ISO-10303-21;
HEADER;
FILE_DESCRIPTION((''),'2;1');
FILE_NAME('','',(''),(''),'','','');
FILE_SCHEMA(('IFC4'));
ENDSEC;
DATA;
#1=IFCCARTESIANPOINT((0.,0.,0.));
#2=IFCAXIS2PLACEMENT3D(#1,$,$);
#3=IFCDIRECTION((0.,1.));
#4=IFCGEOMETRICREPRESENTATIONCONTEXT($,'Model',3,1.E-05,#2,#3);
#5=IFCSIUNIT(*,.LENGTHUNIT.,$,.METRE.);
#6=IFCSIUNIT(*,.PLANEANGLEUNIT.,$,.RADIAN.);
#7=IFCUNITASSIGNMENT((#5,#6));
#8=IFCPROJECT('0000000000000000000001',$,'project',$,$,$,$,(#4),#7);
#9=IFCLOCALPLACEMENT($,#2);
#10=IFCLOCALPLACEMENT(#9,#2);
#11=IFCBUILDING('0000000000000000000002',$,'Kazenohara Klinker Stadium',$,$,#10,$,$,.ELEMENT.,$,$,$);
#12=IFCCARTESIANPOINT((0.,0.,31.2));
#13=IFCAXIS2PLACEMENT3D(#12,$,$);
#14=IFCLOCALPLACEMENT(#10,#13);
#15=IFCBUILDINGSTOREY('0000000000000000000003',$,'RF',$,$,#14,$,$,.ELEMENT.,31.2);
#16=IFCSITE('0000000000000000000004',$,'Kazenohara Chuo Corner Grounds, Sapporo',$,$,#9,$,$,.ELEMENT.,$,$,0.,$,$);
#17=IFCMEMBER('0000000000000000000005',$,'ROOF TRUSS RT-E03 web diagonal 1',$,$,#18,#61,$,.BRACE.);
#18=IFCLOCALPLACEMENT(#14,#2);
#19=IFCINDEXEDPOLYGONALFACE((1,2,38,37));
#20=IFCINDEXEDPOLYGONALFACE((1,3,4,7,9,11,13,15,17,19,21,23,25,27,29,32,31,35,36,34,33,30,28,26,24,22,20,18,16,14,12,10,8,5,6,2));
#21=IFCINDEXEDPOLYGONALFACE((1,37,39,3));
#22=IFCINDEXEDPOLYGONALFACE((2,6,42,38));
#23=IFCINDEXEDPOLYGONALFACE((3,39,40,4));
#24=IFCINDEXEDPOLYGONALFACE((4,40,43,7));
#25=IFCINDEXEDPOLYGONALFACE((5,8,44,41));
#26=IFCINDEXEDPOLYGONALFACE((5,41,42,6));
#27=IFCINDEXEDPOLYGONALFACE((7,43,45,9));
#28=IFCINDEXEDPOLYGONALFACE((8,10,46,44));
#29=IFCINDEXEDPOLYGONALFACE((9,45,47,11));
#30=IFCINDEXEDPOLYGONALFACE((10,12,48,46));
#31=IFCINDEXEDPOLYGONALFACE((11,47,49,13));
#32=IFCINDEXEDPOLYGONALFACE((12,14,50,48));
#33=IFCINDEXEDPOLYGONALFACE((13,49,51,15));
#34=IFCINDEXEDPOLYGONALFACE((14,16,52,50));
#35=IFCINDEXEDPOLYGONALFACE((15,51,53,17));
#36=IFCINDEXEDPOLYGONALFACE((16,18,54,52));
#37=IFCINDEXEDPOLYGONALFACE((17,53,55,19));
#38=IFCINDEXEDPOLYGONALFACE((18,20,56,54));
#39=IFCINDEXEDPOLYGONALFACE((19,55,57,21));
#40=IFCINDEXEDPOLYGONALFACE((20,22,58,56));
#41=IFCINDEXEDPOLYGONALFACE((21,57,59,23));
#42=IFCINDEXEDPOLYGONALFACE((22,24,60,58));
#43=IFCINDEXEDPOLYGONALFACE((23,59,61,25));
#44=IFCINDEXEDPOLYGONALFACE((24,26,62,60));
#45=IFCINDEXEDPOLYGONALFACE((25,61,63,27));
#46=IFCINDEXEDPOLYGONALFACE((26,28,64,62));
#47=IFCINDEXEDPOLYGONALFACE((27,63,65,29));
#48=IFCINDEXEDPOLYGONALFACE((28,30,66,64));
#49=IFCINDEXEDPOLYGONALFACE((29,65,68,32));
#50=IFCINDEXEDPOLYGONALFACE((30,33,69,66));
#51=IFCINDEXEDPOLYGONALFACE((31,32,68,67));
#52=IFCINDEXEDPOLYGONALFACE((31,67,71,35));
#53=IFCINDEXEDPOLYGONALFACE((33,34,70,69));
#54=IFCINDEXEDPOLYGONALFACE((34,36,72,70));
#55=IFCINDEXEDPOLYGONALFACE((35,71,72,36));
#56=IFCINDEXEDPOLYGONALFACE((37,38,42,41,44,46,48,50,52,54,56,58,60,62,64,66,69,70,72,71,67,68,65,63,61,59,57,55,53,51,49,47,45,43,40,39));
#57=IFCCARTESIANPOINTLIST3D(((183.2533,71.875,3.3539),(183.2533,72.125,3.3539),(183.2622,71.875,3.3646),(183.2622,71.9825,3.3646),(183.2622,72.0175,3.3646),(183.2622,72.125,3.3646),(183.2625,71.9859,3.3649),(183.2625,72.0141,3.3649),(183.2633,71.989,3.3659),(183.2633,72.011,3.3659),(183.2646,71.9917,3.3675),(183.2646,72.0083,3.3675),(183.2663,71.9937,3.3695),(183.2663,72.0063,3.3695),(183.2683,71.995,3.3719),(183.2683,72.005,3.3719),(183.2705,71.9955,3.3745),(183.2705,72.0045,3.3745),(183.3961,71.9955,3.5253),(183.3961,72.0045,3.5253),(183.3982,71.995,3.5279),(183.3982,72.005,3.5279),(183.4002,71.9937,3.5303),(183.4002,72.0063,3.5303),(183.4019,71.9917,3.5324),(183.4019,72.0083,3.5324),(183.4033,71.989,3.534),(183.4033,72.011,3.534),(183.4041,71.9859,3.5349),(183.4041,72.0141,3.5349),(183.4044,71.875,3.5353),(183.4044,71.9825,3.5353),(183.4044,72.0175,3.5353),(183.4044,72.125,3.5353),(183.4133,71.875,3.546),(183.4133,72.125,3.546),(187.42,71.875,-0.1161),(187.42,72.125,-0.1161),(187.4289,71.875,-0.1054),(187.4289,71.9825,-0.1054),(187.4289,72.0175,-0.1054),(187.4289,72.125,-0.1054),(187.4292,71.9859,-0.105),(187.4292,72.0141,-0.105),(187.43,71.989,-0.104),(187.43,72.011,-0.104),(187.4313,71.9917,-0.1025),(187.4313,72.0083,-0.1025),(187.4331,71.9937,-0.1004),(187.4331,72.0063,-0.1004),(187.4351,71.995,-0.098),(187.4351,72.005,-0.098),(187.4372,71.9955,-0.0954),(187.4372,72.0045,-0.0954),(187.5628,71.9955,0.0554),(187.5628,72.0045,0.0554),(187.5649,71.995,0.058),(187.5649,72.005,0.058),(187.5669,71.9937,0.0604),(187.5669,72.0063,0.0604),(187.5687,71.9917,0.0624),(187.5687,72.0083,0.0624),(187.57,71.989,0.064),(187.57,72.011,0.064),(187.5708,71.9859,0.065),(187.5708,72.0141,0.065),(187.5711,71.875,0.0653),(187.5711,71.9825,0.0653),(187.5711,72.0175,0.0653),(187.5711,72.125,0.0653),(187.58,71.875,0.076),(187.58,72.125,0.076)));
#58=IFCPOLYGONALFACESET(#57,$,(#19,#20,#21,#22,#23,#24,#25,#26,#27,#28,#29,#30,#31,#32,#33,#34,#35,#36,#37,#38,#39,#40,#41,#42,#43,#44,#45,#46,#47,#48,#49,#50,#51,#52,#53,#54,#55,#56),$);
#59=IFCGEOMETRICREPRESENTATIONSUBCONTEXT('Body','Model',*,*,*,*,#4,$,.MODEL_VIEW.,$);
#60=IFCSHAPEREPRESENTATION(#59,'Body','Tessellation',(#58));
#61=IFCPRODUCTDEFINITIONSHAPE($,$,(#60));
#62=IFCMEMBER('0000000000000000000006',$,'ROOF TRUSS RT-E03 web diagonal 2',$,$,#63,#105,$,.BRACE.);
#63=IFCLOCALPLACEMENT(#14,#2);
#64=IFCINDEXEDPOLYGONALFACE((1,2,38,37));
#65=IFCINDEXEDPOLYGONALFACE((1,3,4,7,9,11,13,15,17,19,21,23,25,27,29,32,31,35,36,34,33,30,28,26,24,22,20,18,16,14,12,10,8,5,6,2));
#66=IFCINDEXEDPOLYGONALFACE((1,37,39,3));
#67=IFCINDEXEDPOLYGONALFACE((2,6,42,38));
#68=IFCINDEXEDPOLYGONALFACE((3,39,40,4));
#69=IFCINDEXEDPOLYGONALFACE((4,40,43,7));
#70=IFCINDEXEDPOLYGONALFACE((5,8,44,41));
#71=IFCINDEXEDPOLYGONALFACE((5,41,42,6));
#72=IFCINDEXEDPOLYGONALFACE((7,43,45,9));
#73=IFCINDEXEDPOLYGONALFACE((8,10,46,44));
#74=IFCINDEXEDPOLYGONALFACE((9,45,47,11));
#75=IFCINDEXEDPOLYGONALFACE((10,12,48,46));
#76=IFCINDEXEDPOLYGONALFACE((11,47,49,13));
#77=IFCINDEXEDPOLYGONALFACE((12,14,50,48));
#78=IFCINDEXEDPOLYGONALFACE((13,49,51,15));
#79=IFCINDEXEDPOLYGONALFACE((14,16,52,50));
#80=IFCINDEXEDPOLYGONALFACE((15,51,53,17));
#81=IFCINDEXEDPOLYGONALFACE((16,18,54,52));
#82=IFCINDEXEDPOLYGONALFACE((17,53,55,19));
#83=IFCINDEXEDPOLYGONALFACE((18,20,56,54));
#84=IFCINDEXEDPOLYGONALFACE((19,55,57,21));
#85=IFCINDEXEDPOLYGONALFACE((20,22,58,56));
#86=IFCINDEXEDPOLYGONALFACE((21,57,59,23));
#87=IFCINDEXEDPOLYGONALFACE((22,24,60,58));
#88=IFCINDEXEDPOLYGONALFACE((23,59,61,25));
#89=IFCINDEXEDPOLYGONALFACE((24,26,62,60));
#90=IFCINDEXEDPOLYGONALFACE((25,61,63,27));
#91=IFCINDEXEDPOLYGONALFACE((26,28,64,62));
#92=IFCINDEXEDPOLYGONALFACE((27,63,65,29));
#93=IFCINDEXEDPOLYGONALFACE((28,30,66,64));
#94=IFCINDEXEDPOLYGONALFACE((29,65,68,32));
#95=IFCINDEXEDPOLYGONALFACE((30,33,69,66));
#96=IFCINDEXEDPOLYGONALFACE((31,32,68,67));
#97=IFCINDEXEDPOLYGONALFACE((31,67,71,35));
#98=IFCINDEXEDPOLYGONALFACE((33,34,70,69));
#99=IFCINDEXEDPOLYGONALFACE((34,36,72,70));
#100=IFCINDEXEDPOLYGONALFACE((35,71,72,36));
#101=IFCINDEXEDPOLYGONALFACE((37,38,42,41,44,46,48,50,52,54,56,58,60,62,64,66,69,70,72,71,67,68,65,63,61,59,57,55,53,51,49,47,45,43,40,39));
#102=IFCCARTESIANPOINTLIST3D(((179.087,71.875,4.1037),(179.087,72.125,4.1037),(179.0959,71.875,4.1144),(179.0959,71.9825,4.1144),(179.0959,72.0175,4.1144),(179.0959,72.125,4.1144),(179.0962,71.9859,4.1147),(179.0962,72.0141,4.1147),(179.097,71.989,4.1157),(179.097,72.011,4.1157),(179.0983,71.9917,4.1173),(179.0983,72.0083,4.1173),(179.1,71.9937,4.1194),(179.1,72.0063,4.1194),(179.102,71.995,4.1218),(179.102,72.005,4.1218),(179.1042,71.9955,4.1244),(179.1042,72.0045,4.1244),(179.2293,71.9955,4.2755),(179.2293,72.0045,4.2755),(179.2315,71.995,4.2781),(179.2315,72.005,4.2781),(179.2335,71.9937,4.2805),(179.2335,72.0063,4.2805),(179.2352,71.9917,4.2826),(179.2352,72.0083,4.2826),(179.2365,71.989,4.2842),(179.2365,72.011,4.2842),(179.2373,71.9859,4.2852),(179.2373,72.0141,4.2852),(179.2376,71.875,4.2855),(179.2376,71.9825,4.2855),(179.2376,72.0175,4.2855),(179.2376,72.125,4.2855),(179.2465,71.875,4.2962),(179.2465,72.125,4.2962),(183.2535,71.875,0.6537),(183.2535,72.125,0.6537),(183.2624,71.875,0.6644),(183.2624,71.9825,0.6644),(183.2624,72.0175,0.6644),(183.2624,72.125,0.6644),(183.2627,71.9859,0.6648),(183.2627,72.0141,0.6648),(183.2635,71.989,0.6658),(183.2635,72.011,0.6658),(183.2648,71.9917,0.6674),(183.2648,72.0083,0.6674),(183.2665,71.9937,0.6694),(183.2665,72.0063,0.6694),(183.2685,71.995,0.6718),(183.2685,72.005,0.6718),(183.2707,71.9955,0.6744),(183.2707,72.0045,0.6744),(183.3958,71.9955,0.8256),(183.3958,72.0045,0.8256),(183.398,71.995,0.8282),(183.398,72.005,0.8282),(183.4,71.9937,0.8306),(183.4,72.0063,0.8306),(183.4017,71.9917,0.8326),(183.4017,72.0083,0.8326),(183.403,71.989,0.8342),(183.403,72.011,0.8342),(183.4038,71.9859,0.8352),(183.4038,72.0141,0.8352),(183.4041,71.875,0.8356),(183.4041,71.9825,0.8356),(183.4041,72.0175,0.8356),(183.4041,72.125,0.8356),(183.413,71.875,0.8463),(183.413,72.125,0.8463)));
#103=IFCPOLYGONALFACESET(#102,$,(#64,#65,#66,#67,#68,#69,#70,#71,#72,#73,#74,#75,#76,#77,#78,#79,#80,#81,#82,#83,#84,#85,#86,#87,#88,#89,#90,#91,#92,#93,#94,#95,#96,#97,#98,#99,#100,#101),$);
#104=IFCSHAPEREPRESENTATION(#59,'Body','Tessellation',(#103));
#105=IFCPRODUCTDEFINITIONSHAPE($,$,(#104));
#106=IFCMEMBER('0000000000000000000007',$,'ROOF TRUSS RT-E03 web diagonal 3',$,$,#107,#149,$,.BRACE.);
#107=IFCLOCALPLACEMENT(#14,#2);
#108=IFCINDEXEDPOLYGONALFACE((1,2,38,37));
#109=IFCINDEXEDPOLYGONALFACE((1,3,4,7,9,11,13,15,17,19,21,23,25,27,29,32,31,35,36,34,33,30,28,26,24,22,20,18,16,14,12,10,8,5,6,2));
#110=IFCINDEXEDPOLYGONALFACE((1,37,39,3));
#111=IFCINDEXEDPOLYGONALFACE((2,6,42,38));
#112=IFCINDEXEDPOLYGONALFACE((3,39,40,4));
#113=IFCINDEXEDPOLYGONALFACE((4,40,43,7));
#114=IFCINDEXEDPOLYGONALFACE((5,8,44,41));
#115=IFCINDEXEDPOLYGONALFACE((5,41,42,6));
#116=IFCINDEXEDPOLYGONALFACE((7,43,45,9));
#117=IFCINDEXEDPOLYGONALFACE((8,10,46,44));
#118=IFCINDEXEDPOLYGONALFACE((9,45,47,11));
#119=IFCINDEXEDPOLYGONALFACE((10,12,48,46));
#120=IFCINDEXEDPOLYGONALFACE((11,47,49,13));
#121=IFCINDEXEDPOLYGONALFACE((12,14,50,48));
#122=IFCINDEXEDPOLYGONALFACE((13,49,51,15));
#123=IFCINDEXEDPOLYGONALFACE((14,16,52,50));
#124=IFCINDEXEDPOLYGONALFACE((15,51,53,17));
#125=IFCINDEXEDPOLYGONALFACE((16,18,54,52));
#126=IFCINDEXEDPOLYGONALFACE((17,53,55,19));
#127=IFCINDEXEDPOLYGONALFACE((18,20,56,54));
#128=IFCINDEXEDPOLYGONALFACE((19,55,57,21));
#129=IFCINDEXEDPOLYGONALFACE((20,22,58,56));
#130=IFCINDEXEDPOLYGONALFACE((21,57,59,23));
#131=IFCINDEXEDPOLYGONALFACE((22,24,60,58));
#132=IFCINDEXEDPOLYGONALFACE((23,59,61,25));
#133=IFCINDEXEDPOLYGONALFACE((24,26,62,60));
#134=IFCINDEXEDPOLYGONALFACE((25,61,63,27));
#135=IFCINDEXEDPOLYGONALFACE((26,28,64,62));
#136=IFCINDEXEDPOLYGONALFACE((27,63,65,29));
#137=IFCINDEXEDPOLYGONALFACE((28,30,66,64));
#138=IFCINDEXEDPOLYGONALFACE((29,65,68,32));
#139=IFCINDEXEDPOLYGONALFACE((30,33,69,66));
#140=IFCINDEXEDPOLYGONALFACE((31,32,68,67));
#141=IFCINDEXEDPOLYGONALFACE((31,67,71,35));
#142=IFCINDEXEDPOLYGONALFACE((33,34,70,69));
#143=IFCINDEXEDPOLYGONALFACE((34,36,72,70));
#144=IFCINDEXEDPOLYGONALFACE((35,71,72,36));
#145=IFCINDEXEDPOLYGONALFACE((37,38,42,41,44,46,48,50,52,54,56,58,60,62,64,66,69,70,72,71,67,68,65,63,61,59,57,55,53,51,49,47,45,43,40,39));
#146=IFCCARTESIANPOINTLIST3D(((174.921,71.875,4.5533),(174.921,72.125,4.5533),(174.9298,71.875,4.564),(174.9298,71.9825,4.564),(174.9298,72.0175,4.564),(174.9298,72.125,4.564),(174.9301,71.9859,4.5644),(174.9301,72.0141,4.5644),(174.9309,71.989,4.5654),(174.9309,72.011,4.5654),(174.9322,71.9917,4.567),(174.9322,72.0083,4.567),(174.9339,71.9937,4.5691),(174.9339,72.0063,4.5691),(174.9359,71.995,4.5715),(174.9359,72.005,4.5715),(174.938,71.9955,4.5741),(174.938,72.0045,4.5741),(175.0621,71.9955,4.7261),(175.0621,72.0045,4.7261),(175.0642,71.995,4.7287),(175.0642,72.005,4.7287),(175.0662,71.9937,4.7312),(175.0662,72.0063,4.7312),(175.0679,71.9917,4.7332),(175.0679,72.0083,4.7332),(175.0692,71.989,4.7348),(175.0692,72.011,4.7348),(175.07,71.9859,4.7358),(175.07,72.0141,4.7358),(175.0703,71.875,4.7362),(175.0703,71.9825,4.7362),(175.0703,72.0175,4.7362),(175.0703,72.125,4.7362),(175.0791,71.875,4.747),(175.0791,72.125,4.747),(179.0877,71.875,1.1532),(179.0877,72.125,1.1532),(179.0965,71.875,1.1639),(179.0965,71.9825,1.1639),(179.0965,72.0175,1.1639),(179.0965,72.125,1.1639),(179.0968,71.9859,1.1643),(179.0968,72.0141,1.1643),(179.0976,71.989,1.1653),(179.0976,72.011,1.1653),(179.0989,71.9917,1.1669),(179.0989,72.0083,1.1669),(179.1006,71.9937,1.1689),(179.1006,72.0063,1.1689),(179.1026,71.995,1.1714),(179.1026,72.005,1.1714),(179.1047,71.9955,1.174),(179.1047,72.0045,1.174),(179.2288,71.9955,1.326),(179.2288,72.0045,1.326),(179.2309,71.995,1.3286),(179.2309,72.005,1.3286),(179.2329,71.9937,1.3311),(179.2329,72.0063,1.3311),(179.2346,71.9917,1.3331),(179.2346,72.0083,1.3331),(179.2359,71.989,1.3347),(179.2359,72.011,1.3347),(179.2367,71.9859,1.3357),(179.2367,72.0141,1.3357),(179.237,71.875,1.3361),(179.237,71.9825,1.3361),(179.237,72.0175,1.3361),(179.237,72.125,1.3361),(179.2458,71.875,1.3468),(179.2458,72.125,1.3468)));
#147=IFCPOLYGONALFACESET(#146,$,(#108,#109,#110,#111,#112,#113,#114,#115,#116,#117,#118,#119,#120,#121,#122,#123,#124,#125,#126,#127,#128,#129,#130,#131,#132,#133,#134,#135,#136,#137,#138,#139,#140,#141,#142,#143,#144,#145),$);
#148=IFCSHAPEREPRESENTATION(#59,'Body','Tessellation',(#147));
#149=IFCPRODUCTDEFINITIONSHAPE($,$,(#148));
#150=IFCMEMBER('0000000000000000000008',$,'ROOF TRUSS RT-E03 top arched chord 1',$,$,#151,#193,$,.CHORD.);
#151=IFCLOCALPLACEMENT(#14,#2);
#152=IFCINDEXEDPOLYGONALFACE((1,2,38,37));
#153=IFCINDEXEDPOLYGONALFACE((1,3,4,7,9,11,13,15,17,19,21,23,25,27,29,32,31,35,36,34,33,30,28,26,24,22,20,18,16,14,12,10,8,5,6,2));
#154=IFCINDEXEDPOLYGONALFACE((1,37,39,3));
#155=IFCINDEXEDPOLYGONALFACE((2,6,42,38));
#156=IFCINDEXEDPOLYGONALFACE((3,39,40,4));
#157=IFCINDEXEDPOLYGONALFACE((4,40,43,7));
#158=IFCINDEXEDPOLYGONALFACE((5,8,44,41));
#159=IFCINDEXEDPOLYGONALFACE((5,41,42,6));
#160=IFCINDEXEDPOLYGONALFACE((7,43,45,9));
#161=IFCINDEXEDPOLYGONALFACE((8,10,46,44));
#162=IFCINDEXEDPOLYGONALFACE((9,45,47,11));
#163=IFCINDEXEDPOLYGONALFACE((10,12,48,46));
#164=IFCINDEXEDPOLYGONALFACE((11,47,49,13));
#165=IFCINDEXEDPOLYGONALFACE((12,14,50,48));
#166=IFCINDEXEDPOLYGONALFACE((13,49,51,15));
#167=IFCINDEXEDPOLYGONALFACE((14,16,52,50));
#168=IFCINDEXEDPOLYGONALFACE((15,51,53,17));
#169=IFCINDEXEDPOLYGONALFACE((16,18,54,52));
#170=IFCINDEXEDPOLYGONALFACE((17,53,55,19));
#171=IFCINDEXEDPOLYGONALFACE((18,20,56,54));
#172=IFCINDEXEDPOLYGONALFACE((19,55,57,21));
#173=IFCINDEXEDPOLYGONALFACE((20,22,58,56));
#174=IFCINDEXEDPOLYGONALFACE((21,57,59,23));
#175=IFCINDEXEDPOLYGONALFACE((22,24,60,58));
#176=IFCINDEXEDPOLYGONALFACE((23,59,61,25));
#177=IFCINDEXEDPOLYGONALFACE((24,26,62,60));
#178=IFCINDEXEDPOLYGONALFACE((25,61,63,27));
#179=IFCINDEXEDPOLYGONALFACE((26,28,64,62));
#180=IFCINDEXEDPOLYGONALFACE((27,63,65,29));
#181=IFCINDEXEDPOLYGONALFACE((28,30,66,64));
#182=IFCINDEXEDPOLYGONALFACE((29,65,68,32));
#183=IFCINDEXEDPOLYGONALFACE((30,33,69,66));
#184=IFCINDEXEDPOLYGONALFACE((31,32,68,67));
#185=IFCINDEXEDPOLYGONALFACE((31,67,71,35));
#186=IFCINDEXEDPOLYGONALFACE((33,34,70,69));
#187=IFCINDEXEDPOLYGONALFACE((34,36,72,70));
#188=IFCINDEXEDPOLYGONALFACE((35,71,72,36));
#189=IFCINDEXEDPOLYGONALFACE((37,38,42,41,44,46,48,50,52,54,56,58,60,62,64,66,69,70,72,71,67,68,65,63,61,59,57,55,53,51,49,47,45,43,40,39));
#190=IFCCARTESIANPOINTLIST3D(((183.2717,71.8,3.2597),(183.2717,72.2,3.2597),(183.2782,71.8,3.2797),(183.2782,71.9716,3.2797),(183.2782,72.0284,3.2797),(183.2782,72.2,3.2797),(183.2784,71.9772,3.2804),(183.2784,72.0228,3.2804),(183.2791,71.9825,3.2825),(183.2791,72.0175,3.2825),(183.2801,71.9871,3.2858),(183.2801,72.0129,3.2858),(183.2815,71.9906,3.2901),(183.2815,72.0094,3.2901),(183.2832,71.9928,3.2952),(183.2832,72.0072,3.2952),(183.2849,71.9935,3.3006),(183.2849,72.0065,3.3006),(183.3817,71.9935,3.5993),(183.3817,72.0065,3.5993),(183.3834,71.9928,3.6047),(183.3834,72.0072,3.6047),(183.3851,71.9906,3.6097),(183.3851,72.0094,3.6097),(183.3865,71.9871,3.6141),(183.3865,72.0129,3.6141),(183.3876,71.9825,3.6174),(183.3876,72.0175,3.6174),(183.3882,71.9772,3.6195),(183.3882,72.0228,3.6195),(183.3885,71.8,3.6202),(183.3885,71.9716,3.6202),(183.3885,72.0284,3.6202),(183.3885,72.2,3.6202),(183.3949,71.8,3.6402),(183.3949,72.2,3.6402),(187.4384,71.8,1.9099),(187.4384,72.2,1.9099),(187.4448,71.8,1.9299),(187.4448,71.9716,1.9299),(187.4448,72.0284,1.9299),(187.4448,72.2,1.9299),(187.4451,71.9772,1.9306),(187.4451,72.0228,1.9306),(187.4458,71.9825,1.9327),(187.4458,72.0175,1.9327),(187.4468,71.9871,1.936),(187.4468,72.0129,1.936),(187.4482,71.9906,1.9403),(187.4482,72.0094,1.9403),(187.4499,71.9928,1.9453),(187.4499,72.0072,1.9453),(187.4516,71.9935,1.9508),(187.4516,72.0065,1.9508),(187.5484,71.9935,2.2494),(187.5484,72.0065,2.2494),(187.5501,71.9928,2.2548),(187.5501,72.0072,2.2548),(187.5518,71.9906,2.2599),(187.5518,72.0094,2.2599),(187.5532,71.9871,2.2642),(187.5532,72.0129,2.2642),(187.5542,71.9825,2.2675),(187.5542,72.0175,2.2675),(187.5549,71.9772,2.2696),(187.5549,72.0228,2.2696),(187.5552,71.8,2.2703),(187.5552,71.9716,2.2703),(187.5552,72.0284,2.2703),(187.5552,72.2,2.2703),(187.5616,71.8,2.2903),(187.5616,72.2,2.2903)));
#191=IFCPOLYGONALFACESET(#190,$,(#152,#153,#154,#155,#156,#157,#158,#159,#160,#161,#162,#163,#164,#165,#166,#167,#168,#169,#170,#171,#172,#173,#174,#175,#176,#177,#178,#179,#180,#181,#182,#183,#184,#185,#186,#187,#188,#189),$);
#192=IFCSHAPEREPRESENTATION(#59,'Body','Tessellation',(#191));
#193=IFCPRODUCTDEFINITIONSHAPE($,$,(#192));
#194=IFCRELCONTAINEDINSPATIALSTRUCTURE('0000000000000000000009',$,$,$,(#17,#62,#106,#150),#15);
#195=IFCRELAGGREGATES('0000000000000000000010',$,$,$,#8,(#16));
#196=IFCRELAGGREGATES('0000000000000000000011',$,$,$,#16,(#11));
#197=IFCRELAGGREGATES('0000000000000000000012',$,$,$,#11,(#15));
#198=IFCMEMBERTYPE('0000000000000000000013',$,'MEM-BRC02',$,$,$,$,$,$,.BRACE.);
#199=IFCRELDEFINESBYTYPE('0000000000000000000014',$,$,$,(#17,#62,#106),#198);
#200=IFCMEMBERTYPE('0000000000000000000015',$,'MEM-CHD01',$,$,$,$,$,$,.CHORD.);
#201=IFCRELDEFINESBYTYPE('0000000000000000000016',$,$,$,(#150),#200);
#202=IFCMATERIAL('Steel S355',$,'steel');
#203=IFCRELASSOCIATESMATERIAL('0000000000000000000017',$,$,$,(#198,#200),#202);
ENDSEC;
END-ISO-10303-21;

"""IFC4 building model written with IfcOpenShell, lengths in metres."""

from ifc_helpers import new_model, si_unit, direction, frame, origin, origin_2d, place, context, subcontext, project, spatial, i_section, extrude, material, material_profile, profile_set, type_object, element, save


model = new_model("IFC4")

# Units and contexts
model_context = context("Model", 3, precision=1e-05, world=origin(), true_north=direction((0.0, 1.0)))
body_context = subcontext(model_context, "Body", "Model", "MODEL_VIEW")
ifc_project = project(units=[si_unit("LENGTHUNIT", "METRE"), si_unit("PLANEANGLEUNIT", "RADIAN")], contexts=[model_context])

# Site, building, storey
site_placement = place(None, origin())
site = spatial("IfcSite", under=ifc_project, at=site_placement, Name="Kazenohara Chuo Corner Grounds, Sapporo", CompositionType="ELEMENT", RefElevation=0.0)
building_placement = place(site_placement, origin())
building = spatial("IfcBuilding", under=site, at=building_placement, Name="Kazenohara Klinker Stadium", CompositionType="ELEMENT")
storey_placement = place(building_placement, frame((0.0, 0.0, 31.2)))
storey = spatial("IfcBuildingStorey", under=building, at=storey_placement, Name="RF", CompositionType="ELEMENT", Elevation=31.2)

# Members
ifc_material_1 = material(Name="Steel S355", Category="steel")
ifc_material_profile_1 = material_profile(ifc_material_1, i_section(OverallWidth=0.25, OverallDepth=0.25, WebThickness=0.009, FlangeThickness=0.0139, FilletRadius=0.0129, at=origin_2d()), Name="H-250x250x9x14")
ifc_profile_set_1 = profile_set([ifc_material_profile_1], Name="Steel S355")
member_type_1 = type_object("IfcMemberType", Name="MEM-BRC02", PredefinedType="BRACE", material=ifc_profile_set_1)
member_1_placement = place(storey_placement, frame((187.5, 72.0, -0.02), z_axis=(-0.768432, 0.0, 0.639932), x_axis=(0.0, -1.0, 0.0)))
element("IfcMember", 1, at=member_1_placement, inside=storey, type_object=member_type_1, Name="ROOF TRUSS RT-E03 web diagonal 1", PredefinedType="BRACE", context=body_context, shape_type="SweptSolid", body=[
    extrude(i_section(OverallWidth=0.25, OverallDepth=0.25, WebThickness=0.009, FlangeThickness=0.0139, FilletRadius=0.0129, at=origin_2d()), origin(), (0.0, 0.0, 1.0), 5.4224),
])
member_2_placement = place(storey_placement, frame((183.3333, 72.0, 0.75), z_axis=(-0.77023, 0.0, 0.637766), x_axis=(0.0, -1.0, 0.0)))
element("IfcMember", 2, at=member_2_placement, inside=storey, type_object=member_type_1, Name="ROOF TRUSS RT-E03 web diagonal 2", PredefinedType="BRACE", context=body_context, shape_type="SweptSolid", body=[
    extrude(i_section(OverallWidth=0.25, OverallDepth=0.25, WebThickness=0.009, FlangeThickness=0.0139, FilletRadius=0.0129, at=origin_2d()), origin(), (0.0, 0.0, 1.0), 5.4094),
])
member_3_placement = place(storey_placement, frame((179.1667, 72.0, 1.25), z_axis=(-0.774778, 0.0, 0.632234), x_axis=(0.0, -1.0, 0.0)))
element("IfcMember", 3, at=member_3_placement, inside=storey, type_object=member_type_1, Name="ROOF TRUSS RT-E03 web diagonal 3", PredefinedType="BRACE", context=body_context, shape_type="SweptSolid", body=[
    extrude(i_section(OverallWidth=0.25, OverallDepth=0.25, WebThickness=0.009, FlangeThickness=0.0139, FilletRadius=0.0129, at=origin_2d()), origin(), (0.0, 0.0, 1.0), 5.3779),
])
ifc_material_profile_2 = material_profile(ifc_material_1, i_section(OverallWidth=0.3999, OverallDepth=0.3999, WebThickness=0.0129, FlangeThickness=0.021, FilletRadius=0.022, at=origin_2d()), Name="H-400x400x13x21")
ifc_profile_set_2 = profile_set([ifc_material_profile_2], Name="Steel S355")
member_type_2 = type_object("IfcMemberType", Name="MEM-CHD01", PredefinedType="CHORD", material=ifc_profile_set_2)
member_4_placement = place(storey_placement, frame((187.5, 72.0, 2.1001), z_axis=(-0.951325, 0.0, 0.30819), x_axis=(0.0, -1.0, 0.0)))
element("IfcMember", 4, at=member_4_placement, inside=storey, type_object=member_type_2, Name="ROOF TRUSS RT-E03 top arched chord 1", PredefinedType="CHORD", context=body_context, shape_type="SweptSolid", body=[
    extrude(i_section(OverallWidth=0.3999, OverallDepth=0.3999, WebThickness=0.0129, FlangeThickness=0.021, FilletRadius=0.022, at=origin_2d()), origin(), (0.0, 0.0, 1.0), 4.3799),
])

save(model, "model.ifc")
